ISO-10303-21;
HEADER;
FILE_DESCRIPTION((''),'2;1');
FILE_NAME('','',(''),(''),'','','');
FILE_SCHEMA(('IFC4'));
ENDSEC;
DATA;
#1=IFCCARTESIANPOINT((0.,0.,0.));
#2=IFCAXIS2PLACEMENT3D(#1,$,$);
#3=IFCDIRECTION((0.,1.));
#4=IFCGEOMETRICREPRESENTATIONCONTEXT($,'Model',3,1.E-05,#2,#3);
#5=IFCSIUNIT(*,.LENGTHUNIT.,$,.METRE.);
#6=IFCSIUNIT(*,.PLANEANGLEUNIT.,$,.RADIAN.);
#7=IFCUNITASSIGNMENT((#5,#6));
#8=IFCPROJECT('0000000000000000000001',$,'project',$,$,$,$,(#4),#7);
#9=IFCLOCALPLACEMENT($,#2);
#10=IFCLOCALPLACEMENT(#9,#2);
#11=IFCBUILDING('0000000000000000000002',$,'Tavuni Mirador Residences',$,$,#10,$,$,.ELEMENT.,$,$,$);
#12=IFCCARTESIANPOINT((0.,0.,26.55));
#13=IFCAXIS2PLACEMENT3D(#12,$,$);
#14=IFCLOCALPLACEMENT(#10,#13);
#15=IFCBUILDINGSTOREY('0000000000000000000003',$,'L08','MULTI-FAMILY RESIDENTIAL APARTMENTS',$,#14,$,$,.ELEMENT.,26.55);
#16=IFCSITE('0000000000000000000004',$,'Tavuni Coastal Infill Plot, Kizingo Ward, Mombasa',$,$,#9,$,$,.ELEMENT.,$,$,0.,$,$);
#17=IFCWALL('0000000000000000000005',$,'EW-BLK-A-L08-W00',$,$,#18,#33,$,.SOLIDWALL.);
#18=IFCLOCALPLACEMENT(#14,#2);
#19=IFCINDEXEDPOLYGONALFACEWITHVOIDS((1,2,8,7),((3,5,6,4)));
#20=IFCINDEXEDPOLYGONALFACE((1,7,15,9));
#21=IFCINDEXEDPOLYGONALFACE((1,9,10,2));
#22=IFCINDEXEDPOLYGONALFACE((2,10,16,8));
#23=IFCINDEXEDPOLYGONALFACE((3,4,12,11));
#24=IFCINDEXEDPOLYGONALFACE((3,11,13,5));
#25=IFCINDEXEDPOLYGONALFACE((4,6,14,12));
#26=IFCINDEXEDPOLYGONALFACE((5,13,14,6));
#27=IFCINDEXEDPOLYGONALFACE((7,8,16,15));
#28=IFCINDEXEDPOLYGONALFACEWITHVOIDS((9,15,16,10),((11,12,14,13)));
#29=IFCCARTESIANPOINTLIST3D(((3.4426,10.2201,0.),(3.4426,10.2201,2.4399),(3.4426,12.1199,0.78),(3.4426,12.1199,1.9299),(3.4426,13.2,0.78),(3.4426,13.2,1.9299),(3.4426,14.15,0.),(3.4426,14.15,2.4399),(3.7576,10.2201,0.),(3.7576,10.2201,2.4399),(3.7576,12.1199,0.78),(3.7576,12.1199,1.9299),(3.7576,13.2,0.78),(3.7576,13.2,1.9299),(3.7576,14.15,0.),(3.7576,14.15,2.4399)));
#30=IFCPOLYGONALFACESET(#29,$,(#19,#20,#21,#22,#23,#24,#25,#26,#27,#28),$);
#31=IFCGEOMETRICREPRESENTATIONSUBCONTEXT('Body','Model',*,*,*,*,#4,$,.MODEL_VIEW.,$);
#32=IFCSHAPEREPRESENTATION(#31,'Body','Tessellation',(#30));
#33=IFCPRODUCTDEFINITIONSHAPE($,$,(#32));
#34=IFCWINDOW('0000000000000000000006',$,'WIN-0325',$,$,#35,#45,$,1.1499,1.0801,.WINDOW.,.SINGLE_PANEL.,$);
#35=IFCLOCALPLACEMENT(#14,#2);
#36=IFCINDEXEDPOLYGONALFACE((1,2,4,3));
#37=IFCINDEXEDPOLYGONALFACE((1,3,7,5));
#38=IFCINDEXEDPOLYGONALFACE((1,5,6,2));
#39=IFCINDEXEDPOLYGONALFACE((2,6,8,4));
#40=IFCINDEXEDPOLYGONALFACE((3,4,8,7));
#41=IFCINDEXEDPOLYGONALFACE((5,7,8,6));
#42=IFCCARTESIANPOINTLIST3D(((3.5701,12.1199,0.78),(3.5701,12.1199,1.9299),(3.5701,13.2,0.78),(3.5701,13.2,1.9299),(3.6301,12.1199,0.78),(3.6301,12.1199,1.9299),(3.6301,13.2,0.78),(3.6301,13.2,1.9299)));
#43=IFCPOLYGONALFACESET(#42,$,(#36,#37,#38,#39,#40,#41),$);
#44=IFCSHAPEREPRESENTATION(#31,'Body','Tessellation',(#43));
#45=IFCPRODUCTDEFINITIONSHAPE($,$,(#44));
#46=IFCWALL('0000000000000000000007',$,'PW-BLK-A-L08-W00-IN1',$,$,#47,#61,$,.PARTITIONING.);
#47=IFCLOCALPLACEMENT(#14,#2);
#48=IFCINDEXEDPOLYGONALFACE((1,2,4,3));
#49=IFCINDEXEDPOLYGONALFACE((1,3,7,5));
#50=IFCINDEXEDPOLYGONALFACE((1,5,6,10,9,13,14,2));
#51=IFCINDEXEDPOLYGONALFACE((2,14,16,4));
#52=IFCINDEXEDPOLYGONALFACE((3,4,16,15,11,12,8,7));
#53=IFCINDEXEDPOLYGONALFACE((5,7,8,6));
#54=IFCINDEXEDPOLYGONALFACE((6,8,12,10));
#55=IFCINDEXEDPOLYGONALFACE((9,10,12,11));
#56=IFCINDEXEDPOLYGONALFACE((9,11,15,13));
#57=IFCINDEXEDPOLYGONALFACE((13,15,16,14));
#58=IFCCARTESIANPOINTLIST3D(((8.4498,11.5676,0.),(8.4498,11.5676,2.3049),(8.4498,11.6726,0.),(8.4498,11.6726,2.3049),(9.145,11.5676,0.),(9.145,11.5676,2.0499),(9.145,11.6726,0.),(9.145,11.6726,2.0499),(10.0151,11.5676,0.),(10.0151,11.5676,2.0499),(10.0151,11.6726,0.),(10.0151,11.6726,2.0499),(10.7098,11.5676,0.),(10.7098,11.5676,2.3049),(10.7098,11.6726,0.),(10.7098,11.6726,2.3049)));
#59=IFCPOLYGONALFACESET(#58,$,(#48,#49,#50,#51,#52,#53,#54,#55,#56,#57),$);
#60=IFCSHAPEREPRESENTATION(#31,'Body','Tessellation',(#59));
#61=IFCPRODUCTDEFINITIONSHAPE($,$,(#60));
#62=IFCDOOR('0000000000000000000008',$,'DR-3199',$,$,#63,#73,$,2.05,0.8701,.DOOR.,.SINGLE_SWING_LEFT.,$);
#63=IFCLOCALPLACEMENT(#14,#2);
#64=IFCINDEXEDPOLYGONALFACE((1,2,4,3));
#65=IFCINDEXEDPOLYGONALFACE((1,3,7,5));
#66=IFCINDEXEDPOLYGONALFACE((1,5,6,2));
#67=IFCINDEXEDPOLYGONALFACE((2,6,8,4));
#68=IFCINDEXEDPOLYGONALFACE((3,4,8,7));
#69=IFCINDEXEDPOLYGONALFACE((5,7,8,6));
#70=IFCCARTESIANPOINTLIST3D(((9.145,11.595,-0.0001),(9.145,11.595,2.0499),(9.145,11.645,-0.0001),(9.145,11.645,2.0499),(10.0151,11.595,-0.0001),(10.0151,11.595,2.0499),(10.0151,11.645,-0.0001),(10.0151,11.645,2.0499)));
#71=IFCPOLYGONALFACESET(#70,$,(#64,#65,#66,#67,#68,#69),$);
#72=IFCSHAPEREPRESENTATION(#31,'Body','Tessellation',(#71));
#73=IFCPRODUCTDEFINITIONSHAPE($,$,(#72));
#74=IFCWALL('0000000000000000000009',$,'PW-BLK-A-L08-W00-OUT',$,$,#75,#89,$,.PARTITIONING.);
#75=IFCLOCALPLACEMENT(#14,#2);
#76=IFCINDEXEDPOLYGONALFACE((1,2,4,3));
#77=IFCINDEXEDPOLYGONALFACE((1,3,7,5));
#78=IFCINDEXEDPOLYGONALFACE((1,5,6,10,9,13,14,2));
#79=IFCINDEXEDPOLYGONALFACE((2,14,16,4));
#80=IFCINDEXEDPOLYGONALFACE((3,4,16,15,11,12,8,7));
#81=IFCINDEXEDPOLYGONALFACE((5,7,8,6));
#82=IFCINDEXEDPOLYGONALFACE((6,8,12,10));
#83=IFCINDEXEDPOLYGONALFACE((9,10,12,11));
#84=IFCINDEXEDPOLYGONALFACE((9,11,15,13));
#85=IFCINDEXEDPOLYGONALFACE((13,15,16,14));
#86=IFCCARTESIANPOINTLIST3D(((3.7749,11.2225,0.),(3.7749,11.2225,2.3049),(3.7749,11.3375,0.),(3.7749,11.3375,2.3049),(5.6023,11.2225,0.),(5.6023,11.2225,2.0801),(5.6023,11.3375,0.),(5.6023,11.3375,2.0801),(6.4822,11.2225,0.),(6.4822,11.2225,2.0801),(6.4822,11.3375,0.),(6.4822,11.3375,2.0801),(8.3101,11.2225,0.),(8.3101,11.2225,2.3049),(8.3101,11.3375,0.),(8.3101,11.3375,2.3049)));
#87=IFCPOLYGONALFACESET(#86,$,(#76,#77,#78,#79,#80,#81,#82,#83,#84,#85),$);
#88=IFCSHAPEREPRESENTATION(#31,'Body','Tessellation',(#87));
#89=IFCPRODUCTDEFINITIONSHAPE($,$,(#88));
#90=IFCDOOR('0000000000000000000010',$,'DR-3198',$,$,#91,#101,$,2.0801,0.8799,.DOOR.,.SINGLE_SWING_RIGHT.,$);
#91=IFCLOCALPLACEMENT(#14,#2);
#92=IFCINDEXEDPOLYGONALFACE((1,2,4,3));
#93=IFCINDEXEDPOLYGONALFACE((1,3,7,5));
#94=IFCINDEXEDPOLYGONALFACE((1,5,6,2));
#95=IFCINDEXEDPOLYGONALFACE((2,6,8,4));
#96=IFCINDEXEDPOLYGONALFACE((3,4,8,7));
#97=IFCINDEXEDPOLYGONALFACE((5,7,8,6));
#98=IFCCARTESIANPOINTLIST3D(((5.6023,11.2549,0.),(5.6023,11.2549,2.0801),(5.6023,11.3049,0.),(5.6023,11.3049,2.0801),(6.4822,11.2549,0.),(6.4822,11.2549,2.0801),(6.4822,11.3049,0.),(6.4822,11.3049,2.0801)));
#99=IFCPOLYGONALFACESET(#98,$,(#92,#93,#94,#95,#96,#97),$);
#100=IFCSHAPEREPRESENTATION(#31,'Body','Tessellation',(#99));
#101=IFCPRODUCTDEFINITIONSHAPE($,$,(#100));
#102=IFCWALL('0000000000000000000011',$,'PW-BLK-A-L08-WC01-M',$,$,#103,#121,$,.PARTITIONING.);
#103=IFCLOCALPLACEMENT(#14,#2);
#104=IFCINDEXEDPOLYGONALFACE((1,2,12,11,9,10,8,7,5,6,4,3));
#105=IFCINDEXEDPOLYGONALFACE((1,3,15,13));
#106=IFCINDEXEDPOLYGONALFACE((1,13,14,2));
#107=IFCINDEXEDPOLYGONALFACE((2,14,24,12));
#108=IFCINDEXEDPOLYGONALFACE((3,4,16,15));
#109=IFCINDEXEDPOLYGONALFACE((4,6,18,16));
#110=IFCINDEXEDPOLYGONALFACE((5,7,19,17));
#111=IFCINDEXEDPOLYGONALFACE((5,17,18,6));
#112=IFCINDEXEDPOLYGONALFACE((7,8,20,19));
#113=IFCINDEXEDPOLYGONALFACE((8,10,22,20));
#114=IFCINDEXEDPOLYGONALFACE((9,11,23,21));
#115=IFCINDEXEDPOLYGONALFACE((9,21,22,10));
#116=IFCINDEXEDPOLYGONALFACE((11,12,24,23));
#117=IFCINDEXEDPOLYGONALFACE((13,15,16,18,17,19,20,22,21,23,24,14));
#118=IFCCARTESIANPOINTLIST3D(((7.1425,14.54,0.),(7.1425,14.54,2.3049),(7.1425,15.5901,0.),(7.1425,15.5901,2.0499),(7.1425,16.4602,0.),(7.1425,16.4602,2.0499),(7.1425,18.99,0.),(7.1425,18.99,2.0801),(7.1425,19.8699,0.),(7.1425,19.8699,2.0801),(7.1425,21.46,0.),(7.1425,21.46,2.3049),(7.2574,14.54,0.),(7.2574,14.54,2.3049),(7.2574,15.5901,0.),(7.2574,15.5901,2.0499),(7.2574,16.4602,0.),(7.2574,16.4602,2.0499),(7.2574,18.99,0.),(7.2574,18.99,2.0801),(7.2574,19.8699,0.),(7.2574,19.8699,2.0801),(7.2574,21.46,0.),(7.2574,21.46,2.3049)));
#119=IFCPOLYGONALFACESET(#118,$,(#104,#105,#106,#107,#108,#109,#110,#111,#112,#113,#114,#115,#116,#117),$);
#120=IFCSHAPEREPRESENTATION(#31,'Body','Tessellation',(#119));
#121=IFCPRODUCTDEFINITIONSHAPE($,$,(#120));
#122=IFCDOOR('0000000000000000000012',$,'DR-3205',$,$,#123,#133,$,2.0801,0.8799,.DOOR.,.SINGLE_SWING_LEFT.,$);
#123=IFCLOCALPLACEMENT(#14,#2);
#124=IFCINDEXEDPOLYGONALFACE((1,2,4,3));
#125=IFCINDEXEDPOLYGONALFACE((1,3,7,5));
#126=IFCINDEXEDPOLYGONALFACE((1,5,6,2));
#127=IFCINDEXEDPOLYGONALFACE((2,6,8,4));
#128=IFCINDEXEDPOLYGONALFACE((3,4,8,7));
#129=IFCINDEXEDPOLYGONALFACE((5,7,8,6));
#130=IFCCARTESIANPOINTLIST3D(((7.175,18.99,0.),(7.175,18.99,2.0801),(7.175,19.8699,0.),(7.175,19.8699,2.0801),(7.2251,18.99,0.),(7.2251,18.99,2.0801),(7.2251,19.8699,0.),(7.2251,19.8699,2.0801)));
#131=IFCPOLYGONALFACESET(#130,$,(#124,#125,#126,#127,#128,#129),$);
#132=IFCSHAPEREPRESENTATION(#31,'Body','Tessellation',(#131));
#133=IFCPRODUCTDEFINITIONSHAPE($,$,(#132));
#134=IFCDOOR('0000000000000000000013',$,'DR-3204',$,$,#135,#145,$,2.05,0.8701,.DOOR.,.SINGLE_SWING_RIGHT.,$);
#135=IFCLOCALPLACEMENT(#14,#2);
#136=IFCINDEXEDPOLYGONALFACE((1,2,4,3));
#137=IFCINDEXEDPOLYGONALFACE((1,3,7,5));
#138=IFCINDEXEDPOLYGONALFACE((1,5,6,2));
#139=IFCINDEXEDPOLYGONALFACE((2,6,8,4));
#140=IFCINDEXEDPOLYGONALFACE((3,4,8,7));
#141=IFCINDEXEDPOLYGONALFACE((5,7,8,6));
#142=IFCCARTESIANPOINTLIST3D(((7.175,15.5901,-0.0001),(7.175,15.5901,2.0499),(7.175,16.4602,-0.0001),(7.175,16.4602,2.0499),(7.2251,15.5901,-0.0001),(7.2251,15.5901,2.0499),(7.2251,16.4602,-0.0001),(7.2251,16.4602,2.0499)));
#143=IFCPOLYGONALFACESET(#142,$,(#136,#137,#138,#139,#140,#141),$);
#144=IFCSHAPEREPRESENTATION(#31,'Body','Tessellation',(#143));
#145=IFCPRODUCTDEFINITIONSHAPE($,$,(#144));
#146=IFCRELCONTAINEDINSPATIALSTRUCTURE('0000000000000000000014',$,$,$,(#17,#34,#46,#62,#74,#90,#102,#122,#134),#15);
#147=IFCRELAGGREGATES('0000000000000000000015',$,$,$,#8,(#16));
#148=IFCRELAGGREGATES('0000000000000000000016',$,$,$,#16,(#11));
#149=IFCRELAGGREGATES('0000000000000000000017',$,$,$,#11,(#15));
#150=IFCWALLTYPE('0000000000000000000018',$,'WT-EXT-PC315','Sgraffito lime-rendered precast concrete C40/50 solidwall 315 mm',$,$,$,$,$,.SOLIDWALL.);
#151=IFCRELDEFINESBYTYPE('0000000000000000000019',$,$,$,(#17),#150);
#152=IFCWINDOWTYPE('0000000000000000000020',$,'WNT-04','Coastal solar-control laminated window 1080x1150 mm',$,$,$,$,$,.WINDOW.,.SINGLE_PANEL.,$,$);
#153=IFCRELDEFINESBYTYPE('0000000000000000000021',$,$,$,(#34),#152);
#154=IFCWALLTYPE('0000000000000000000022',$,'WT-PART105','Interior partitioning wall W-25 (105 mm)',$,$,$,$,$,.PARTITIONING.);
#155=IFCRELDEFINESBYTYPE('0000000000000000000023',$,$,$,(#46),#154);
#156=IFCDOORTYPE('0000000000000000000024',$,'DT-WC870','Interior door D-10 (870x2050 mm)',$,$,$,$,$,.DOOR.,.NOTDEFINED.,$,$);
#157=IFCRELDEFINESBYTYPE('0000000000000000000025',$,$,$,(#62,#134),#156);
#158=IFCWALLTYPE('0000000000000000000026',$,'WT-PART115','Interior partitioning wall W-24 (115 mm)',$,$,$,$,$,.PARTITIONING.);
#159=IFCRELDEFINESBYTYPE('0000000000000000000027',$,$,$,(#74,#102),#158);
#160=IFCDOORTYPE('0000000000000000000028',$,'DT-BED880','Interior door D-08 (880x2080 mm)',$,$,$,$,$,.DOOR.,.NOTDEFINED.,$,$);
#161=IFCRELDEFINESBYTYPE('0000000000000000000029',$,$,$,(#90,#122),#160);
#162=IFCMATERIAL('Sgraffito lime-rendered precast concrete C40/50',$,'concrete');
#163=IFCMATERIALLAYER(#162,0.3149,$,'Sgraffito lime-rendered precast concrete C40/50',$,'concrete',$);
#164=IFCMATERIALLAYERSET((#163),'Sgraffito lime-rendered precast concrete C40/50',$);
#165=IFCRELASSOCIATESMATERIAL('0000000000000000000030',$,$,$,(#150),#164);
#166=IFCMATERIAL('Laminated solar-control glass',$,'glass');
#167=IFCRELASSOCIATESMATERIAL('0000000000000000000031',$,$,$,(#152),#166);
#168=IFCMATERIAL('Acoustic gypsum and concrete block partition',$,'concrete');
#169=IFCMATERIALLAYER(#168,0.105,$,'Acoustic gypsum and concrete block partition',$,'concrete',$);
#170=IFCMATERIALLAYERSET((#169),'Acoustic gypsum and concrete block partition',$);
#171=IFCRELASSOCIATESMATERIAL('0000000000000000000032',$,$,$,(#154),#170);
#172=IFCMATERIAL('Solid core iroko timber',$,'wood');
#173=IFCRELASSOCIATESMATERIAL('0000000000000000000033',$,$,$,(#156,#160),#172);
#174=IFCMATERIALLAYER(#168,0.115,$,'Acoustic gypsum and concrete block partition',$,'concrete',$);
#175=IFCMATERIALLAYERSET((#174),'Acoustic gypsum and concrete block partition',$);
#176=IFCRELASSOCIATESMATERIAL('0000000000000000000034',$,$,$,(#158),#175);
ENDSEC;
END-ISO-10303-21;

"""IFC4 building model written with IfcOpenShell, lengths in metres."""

from ifc_helpers import new_model, si_unit, direction, frame, frame_2d, origin, place, context, subcontext, project, spatial, rectangle, extrude, material, layer, layer_set, type_object, element, fill, save


model = new_model("IFC4")

# Units and contexts
model_context = context("Model", 3, precision=1e-05, world=origin(), true_north=direction((0.0, 1.0)))
body_context = subcontext(model_context, "Body", "Model", "MODEL_VIEW")
ifc_project = project(units=[si_unit("LENGTHUNIT", "METRE"), si_unit("PLANEANGLEUNIT", "RADIAN")], contexts=[model_context])

# Site, building, storey
site_placement = place(None, origin())
site = spatial("IfcSite", under=ifc_project, at=site_placement, Name="Tavuni Coastal Infill Plot, Kizingo Ward, Mombasa", CompositionType="ELEMENT", RefElevation=0.0)
building_placement = place(site_placement, origin())
building = spatial("IfcBuilding", under=site, at=building_placement, Name="Tavuni Mirador Residences", CompositionType="ELEMENT")
storey_placement = place(building_placement, frame((0.0, 0.0, 26.55)))
storey = spatial("IfcBuildingStorey", under=building, at=storey_placement, Name="L08", Description="MULTI-FAMILY RESIDENTIAL APARTMENTS", CompositionType="ELEMENT", Elevation=26.55)

# Shared definitions
ifc_material_1 = material(Name="Sgraffito lime-rendered precast concrete C40/50", Category="concrete")
ifc_layer_1 = layer(ifc_material_1, 0.3149, Name="Sgraffito lime-rendered precast concrete C40/50", Category="concrete")
ifc_layer_set_1 = layer_set([ifc_layer_1], Name="Sgraffito lime-rendered precast concrete C40/50")
wall_type_1 = type_object("IfcWallType", Name="WT-EXT-PC315", Description="Sgraffito lime-rendered precast concrete C40/50 solidwall 315 mm", PredefinedType="SOLIDWALL", material=ifc_layer_set_1)
ifc_material_2 = material(Name="Laminated solar-control glass", Category="glass")

# Wall, opening, window
wall_1_placement = place(storey_placement, frame((3.6001, 14.1499, 0.0), z_axis=(0.0, 0.0, 1.0), x_axis=(0.0, -1.0, 0.0)))
wall_1 = element("IfcWall", 1, at=wall_1_placement, inside=storey, type_object=wall_type_1, Name="EW-BLK-A-L08-W00", PredefinedType="SOLIDWALL", context=body_context, shape_type="SweptSolid", body=[
    extrude(rectangle(XDim=3.9299, YDim=0.3149, at=frame_2d((1.9648, 0.0))), origin(), (0.0, 0.0, 1.0), 2.4399),
])
opening_1_placement = place(wall_1_placement, frame((0.95, 0.0, 0.78)))
opening_1 = element("IfcOpeningElement", 2, at=opening_1_placement, cuts=wall_1, PredefinedType="OPENING", context=body_context, shape_type="SweptSolid", body=[
    extrude(rectangle(XDim=1.0801, YDim=1.1499, at=frame_2d((0.54, 0.575))), frame((0.0, 0.1675, 0.0), z_axis=(0.0, -1.0, 0.0), x_axis=(1.0, 0.0, 0.0)), (0.0, 0.0, 1.0), 0.335),
])
window_type_1 = type_object("IfcWindowType", Name="WNT-04", Description="Coastal solar-control laminated window 1080x1150 mm", PartitioningType="SINGLE_PANEL", PredefinedType="WINDOW", material=ifc_material_2)
window_1_placement = place(opening_1_placement, origin())
window_1 = element("IfcWindow", 3, at=window_1_placement, inside=storey, type_object=window_type_1, Name="WIN-0325", OverallHeight=1.1499, OverallWidth=1.0801, PartitioningType="SINGLE_PANEL", PredefinedType="WINDOW", context=body_context, shape_type="SweptSolid", body=[
    extrude(rectangle(XDim=1.0801, YDim=1.1499, at=frame_2d((0.54, 0.575))), frame((0.0, 0.03, 0.0), z_axis=(0.0, -1.0, 0.0), x_axis=(1.0, 0.0, 0.0)), (0.0, 0.0, 1.0), 0.0601),
])
fill(opening_1, window_1)

# Walls, openings, doors
ifc_material_3 = material(Name="Acoustic gypsum and concrete block partition", Category="concrete")
ifc_layer_2 = layer(ifc_material_3, 0.105, Name="Acoustic gypsum and concrete block partition", Category="concrete")
ifc_layer_set_2 = layer_set([ifc_layer_2], Name="Acoustic gypsum and concrete block partition")
wall_type_2 = type_object("IfcWallType", Name="WT-PART105", Description="Interior partitioning wall W-25 (105 mm)", PredefinedType="PARTITIONING", material=ifc_layer_set_2)
wall_2_placement = place(storey_placement, frame((8.45, 11.6201, 0.0), z_axis=(0.0, 0.0, 1.0), x_axis=(1.0, 0.0, 0.0)))
wall_2 = element("IfcWall", 4, at=wall_2_placement, inside=storey, type_object=wall_type_2, Name="PW-BLK-A-L08-W00-IN1", PredefinedType="PARTITIONING", context=body_context, shape_type="SweptSolid", body=[
    extrude(rectangle(XDim=2.26, YDim=0.105, at=frame_2d((1.1299, 0.0))), origin(), (0.0, 0.0, 1.0), 2.3049),
])
opening_2_placement = place(wall_2_placement, frame((0.6951, 0.0, 0.0)))
opening_2 = element("IfcOpeningElement", 5, at=opening_2_placement, cuts=wall_2, PredefinedType="OPENING", context=body_context, shape_type="SweptSolid", body=[
    extrude(rectangle(XDim=0.8701, YDim=2.05, at=frame_2d((0.4351, 1.0249))), frame((0.0, 0.0625, 0.0), z_axis=(0.0, -1.0, 0.0), x_axis=(1.0, 0.0, 0.0)), (0.0, 0.0, 1.0), 0.125),
])
ifc_material_4 = material(Name="Solid core iroko timber", Category="wood")
door_type_1 = type_object("IfcDoorType", Name="DT-WC870", Description="Interior door D-10 (870x2050 mm)", OperationType="NOTDEFINED", PredefinedType="DOOR", material=ifc_material_4)
door_1_placement = place(opening_2_placement, origin())
door_1 = element("IfcDoor", 6, at=door_1_placement, inside=storey, type_object=door_type_1, Name="DR-3199", OperationType="SINGLE_SWING_LEFT", OverallHeight=2.05, OverallWidth=0.8701, PredefinedType="DOOR", context=body_context, shape_type="SweptSolid", body=[
    extrude(rectangle(XDim=0.8701, YDim=2.05, at=frame_2d((0.4351, 1.0249))), frame((0.0, 0.0249, 0.0), z_axis=(0.0, -1.0, 0.0), x_axis=(1.0, 0.0, 0.0)), (0.0, 0.0, 1.0), 0.05),
])
fill(opening_2, door_1)
ifc_layer_3 = layer(ifc_material_3, 0.115, Name="Acoustic gypsum and concrete block partition", Category="concrete")
ifc_layer_set_3 = layer_set([ifc_layer_3], Name="Acoustic gypsum and concrete block partition")
wall_type_3 = type_object("IfcWallType", Name="WT-PART115", Description="Interior partitioning wall W-24 (115 mm)", PredefinedType="PARTITIONING", material=ifc_layer_set_3)
wall_3_placement = place(storey_placement, frame((3.7749, 11.28, 0.0), z_axis=(0.0, 0.0, 1.0), x_axis=(1.0, 0.0, 0.0)))
wall_3 = element("IfcWall", 7, at=wall_3_placement, inside=storey, type_object=wall_type_3, Name="PW-BLK-A-L08-W00-OUT", PredefinedType="PARTITIONING", context=body_context, shape_type="SweptSolid", body=[
    extrude(rectangle(XDim=4.5352, YDim=0.115, at=frame_2d((2.2676, 0.0))), origin(), (0.0, 0.0, 1.0), 2.3049),
])
opening_3_placement = place(wall_3_placement, frame((1.8274, 0.0, 0.0)))
opening_3 = element("IfcOpeningElement", 8, at=opening_3_placement, cuts=wall_3, PredefinedType="OPENING", context=body_context, shape_type="SweptSolid", body=[
    extrude(rectangle(XDim=0.8799, YDim=2.0801, at=frame_2d((0.4399, 1.04))), frame((0.0, 0.0674, 0.0), z_axis=(0.0, -1.0, 0.0), x_axis=(1.0, 0.0, 0.0)), (0.0, 0.0, 1.0), 0.135),
])
door_type_2 = type_object("IfcDoorType", Name="DT-BED880", Description="Interior door D-08 (880x2080 mm)", OperationType="NOTDEFINED", PredefinedType="DOOR", material=ifc_material_4)
door_2_placement = place(opening_3_placement, origin())
door_2 = element("IfcDoor", 9, at=door_2_placement, inside=storey, type_object=door_type_2, Name="DR-3198", OperationType="SINGLE_SWING_RIGHT", OverallHeight=2.0801, OverallWidth=0.8799, PredefinedType="DOOR", context=body_context, shape_type="SweptSolid", body=[
    extrude(rectangle(XDim=0.8799, YDim=2.0801, at=frame_2d((0.4399, 1.04))), frame((0.0, 0.0249, 0.0), z_axis=(0.0, -1.0, 0.0), x_axis=(1.0, 0.0, 0.0)), (0.0, 0.0, 1.0), 0.05),
])
fill(opening_3, door_2)

# Wall, openings, doors
wall_4_placement = place(storey_placement, frame((7.2, 14.54, 0.0), z_axis=(0.0, 0.0, 1.0), x_axis=(0.0, 1.0, 0.0)))
wall_4 = element("IfcWall", 10, at=wall_4_placement, inside=storey, type_object=wall_type_3, Name="PW-BLK-A-L08-WC01-M", PredefinedType="PARTITIONING", context=body_context, shape_type="SweptSolid", body=[
    extrude(rectangle(XDim=6.9199, YDim=0.115, at=frame_2d((3.46, 0.0))), origin(), (0.0, 0.0, 1.0), 2.3049),
])
opening_4_placement = place(wall_4_placement, frame((1.05, 0.0, 0.0)))
opening_4 = element("IfcOpeningElement", 11, at=opening_4_placement, cuts=wall_4, PredefinedType="OPENING", context=body_context, shape_type="SweptSolid", body=[
    extrude(rectangle(XDim=0.8701, YDim=2.05, at=frame_2d((0.4351, 1.0249))), frame((0.0, 0.0674, 0.0), z_axis=(0.0, -1.0, 0.0), x_axis=(1.0, 0.0, 0.0)), (0.0, 0.0, 1.0), 0.135),
])
opening_5_placement = place(wall_4_placement, frame((4.45, 0.0, 0.0)))
opening_5 = element("IfcOpeningElement", 12, at=opening_5_placement, cuts=wall_4, PredefinedType="OPENING", context=body_context, shape_type="SweptSolid", body=[
    extrude(rectangle(XDim=0.8799, YDim=2.0801, at=frame_2d((0.4399, 1.04))), frame((0.0, 0.0674, 0.0), z_axis=(0.0, -1.0, 0.0), x_axis=(1.0, 0.0, 0.0)), (0.0, 0.0, 1.0), 0.135),
])
door_3_placement = place(opening_5_placement, origin())
door_3 = element("IfcDoor", 13, at=door_3_placement, inside=storey, type_object=door_type_2, Name="DR-3205", OperationType="SINGLE_SWING_LEFT", OverallHeight=2.0801, OverallWidth=0.8799, PredefinedType="DOOR", context=body_context, shape_type="SweptSolid", body=[
    extrude(rectangle(XDim=0.8799, YDim=2.0801, at=frame_2d((0.4399, 1.04))), frame((0.0, 0.0249, 0.0), z_axis=(0.0, -1.0, 0.0), x_axis=(1.0, 0.0, 0.0)), (0.0, 0.0, 1.0), 0.05),
])
fill(opening_5, door_3)
door_4_placement = place(opening_4_placement, origin())
door_4 = element("IfcDoor", 14, at=door_4_placement, inside=storey, type_object=door_type_1, Name="DR-3204", OperationType="SINGLE_SWING_RIGHT", OverallHeight=2.05, OverallWidth=0.8701, PredefinedType="DOOR", context=body_context, shape_type="SweptSolid", body=[
    extrude(rectangle(XDim=0.8701, YDim=2.05, at=frame_2d((0.4351, 1.0249))), frame((0.0, 0.0249, 0.0), z_axis=(0.0, -1.0, 0.0), x_axis=(1.0, 0.0, 0.0)), (0.0, 0.0, 1.0), 0.05),
])
fill(opening_4, door_4)

save(model, "model.ifc")
